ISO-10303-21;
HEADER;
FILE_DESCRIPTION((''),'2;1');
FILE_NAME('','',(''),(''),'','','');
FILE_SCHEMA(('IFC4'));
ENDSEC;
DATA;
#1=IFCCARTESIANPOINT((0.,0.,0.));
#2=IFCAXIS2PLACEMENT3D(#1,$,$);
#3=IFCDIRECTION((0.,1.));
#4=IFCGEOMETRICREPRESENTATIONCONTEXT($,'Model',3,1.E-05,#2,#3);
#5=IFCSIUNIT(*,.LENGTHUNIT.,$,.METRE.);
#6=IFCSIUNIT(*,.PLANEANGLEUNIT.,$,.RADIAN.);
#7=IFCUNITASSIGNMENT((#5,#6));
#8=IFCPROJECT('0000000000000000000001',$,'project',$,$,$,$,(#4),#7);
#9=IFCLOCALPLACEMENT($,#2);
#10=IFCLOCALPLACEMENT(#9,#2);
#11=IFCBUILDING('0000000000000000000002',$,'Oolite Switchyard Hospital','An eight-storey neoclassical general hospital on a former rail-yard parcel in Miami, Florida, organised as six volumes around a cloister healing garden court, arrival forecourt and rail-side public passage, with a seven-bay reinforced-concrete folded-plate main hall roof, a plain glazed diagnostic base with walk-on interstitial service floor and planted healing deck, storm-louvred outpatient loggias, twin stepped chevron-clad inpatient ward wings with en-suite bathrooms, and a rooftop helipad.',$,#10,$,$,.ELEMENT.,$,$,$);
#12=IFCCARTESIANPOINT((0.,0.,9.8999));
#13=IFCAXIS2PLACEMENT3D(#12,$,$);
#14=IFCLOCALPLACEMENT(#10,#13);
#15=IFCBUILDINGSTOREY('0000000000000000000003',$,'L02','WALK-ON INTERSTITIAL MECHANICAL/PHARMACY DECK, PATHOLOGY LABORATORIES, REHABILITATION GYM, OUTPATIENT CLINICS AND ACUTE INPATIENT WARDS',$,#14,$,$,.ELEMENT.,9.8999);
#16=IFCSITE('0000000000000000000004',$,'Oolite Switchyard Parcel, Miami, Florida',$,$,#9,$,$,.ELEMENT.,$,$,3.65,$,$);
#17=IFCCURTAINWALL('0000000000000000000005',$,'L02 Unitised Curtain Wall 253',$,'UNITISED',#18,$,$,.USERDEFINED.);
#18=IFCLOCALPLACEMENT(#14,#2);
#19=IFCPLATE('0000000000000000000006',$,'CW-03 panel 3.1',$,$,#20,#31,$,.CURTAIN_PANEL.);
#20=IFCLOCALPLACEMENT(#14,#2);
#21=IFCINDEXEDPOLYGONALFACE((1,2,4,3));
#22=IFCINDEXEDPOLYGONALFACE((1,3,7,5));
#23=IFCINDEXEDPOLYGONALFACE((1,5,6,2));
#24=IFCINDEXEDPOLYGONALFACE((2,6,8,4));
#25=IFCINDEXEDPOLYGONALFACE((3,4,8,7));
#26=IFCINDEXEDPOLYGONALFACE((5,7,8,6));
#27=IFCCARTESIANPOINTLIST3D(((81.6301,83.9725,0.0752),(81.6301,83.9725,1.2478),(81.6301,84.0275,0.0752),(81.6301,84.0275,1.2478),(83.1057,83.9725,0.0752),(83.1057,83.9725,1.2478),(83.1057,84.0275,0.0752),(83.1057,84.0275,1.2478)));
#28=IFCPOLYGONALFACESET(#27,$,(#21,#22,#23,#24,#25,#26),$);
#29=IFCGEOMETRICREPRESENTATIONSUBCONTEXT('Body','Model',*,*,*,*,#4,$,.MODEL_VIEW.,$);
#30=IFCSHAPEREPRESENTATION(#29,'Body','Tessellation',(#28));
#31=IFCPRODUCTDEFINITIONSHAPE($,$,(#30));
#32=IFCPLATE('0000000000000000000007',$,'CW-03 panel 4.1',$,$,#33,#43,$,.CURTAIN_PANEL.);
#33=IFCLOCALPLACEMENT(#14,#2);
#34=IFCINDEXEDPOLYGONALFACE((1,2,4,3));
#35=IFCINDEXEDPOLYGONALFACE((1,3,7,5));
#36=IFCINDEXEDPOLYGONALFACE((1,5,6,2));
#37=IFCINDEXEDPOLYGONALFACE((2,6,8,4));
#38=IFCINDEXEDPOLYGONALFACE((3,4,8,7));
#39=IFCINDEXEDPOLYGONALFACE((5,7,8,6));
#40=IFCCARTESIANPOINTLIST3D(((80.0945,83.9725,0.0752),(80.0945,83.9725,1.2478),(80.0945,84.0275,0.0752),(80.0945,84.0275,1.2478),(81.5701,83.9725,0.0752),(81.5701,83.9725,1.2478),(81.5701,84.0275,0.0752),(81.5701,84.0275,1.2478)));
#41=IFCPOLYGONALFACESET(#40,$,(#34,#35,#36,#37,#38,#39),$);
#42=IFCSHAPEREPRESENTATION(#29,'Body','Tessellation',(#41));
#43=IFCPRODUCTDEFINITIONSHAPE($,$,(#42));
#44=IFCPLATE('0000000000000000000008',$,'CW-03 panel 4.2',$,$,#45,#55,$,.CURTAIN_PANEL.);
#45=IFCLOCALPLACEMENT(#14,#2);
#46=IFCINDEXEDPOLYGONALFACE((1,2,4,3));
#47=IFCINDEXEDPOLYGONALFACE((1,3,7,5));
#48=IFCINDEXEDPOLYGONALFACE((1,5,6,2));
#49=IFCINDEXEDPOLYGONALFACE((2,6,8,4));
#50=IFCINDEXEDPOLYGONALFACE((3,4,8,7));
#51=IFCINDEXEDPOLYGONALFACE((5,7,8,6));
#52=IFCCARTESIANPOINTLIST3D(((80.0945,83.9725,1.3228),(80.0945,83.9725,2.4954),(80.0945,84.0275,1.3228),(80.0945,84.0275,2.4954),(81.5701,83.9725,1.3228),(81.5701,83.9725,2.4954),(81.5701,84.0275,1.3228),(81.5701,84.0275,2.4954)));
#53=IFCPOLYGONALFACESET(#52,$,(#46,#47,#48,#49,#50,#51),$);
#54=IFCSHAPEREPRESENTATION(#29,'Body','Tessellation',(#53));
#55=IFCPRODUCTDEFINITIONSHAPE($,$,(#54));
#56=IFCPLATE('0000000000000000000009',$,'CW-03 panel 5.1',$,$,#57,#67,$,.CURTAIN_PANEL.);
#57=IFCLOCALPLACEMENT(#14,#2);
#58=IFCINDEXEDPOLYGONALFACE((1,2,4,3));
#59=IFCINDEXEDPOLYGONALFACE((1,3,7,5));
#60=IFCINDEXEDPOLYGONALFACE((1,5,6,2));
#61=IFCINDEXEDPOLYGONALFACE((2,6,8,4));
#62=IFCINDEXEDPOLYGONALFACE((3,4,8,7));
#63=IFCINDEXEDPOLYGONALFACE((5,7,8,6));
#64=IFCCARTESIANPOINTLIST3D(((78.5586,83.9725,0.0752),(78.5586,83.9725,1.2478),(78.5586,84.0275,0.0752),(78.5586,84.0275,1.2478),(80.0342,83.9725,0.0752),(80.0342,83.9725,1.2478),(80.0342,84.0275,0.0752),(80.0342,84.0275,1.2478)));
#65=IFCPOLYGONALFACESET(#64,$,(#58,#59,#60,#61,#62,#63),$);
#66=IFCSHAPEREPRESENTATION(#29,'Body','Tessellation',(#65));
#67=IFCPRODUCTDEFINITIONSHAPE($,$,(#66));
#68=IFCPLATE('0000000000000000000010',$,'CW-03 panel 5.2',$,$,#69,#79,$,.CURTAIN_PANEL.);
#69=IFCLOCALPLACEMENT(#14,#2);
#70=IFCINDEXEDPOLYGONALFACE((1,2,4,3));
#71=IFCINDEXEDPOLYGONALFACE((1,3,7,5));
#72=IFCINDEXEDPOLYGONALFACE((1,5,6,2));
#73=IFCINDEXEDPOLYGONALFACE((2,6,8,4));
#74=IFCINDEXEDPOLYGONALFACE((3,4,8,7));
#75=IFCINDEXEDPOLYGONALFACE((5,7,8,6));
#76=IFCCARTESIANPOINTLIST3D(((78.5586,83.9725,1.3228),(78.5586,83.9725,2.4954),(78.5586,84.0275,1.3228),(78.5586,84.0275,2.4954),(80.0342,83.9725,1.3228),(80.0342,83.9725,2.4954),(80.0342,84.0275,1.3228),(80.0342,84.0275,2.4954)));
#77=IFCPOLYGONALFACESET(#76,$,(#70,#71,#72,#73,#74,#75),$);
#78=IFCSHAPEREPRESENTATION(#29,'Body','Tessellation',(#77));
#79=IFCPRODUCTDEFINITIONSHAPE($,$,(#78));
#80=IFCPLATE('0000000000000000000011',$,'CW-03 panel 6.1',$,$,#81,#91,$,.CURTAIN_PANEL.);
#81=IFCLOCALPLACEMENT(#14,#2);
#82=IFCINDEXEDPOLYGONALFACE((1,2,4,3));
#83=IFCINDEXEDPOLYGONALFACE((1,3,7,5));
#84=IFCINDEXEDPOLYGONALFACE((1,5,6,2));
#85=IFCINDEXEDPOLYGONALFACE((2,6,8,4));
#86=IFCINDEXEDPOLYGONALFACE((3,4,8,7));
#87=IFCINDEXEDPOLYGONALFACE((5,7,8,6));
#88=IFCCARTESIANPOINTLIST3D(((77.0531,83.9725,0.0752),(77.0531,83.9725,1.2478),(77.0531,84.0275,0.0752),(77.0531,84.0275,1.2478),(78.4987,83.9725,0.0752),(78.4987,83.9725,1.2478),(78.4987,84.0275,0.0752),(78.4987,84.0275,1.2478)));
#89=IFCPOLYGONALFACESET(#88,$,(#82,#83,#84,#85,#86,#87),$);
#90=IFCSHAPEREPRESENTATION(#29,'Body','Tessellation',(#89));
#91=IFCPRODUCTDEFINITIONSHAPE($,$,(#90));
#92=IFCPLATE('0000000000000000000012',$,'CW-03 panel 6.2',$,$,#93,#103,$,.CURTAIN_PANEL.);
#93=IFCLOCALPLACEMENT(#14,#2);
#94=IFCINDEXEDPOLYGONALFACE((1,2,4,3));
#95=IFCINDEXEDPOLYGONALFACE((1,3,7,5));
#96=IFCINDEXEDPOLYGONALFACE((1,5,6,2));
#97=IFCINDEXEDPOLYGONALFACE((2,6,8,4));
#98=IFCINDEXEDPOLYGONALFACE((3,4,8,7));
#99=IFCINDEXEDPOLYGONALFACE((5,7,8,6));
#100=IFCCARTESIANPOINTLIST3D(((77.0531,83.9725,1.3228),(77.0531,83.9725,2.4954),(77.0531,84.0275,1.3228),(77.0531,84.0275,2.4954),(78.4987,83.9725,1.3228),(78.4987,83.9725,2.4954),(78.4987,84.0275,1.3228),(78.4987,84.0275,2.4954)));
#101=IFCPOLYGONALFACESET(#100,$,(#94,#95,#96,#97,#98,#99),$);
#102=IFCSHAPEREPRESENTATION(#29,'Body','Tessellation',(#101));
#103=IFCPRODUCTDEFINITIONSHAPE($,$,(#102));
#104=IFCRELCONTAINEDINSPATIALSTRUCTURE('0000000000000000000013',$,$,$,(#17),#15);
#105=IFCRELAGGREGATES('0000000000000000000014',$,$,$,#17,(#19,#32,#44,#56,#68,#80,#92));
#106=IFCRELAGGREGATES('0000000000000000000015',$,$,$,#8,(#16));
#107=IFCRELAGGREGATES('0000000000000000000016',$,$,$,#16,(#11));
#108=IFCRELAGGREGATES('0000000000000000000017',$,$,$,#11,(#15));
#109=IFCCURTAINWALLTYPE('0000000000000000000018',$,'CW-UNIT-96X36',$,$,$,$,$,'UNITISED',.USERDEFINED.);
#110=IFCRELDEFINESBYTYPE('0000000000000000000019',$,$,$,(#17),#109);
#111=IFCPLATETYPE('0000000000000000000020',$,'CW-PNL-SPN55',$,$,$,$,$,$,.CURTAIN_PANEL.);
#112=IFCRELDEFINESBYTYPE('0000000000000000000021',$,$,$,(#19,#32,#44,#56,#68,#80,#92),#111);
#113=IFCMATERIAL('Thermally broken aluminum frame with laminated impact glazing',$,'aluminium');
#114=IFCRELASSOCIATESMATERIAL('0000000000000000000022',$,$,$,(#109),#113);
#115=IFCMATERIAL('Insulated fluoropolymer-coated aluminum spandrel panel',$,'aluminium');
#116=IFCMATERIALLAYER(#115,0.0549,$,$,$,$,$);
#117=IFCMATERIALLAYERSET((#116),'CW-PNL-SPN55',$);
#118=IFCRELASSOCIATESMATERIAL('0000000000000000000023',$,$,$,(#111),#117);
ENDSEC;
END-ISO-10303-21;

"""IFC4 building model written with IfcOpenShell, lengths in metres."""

from ifc_helpers import new_model, si_unit, direction, frame, origin, origin_2d, place, context, subcontext, project, spatial, rectangle, extrude, material, layer, layer_set, type_object, element, aggregate, save


model = new_model("IFC4")

# Units and contexts
model_context = context("Model", 3, precision=1e-05, world=origin(), true_north=direction((0.0, 1.0)))
body_context = subcontext(model_context, "Body", "Model", "MODEL_VIEW")
ifc_project = project(units=[si_unit("LENGTHUNIT", "METRE"), si_unit("PLANEANGLEUNIT", "RADIAN")], contexts=[model_context])

# Site, building, storey
site_placement = place(None, origin())
site = spatial("IfcSite", under=ifc_project, at=site_placement, Name="Oolite Switchyard Parcel, Miami, Florida", CompositionType="ELEMENT", RefElevation=3.65)
building_placement = place(site_placement, origin())
building = spatial("IfcBuilding", under=site, at=building_placement, Name="Oolite Switchyard Hospital", Description="An eight-storey neoclassical general hospital on a former rail-yard parcel in Miami, Florida, organised as six volumes around a cloister healing garden court, arrival forecourt and rail-side public passage, with a seven-bay reinforced-concrete folded-plate main hall roof, a plain glazed diagnostic base with walk-on interstitial service floor and planted healing deck, storm-louvred outpatient loggias, twin stepped chevron-clad inpatient ward wings with en-suite bathrooms, and a rooftop helipad.", CompositionType="ELEMENT")
storey_placement = place(building_placement, frame((0.0, 0.0, 9.8999)))
storey = spatial("IfcBuildingStorey", under=building, at=storey_placement, Name="L02", Description="WALK-ON INTERSTITIAL MECHANICAL/PHARMACY DECK, PATHOLOGY LABORATORIES, REHABILITATION GYM, OUTPATIENT CLINICS AND ACUTE INPATIENT WARDS", CompositionType="ELEMENT", Elevation=9.8999)

# Curtain wall, plates
ifc_material_1 = material(Name="Thermally broken aluminum frame with laminated impact glazing", Category="aluminium")
curtain_wall_type = type_object("IfcCurtainWallType", Name="CW-UNIT-96X36", ElementType="UNITISED", PredefinedType="USERDEFINED", material=ifc_material_1)
curtain_wall_placement = place(storey_placement, origin())
curtain_wall = element("IfcCurtainWall", 1, at=curtain_wall_placement, inside=storey, type_object=curtain_wall_type, Name="L02 Unitised Curtain Wall 253", ObjectType="UNITISED", PredefinedType="USERDEFINED")
ifc_material_2 = material(Name="Insulated fluoropolymer-coated aluminum spandrel panel", Category="aluminium")
ifc_layer = layer(ifc_material_2, 0.0549)
ifc_layer_set = layer_set([ifc_layer], Name="CW-PNL-SPN55")
plate_type = type_object("IfcPlateType", Name="CW-PNL-SPN55", PredefinedType="CURTAIN_PANEL", material=ifc_layer_set)
plate_1_placement = place(storey_placement, frame((82.3679, 84.0, 0.0752), z_axis=(0.0, 0.0, 1.0), x_axis=(-1.0, 0.0, 0.0)))
plate_1 = element("IfcPlate", 2, at=plate_1_placement, type_object=plate_type, Name="CW-03 panel 3.1", PredefinedType="CURTAIN_PANEL", context=body_context, shape_type="SweptSolid", body=[
    extrude(rectangle(XDim=1.4756, YDim=0.0549, at=origin_2d()), origin(), (0.0, 0.0, 1.0), 1.1726),
])
plate_2_placement = place(storey_placement, frame((80.8323, 84.0, 0.0752), z_axis=(0.0, 0.0, 1.0), x_axis=(-1.0, 0.0, 0.0)))
plate_2 = element("IfcPlate", 3, at=plate_2_placement, type_object=plate_type, Name="CW-03 panel 4.1", PredefinedType="CURTAIN_PANEL", context=body_context, shape_type="SweptSolid", body=[
    extrude(rectangle(XDim=1.4756, YDim=0.0549, at=origin_2d()), origin(), (0.0, 0.0, 1.0), 1.1726),
])
plate_3_placement = place(storey_placement, frame((80.8323, 84.0, 1.3228), z_axis=(0.0, 0.0, 1.0), x_axis=(-1.0, 0.0, 0.0)))
plate_3 = element("IfcPlate", 4, at=plate_3_placement, type_object=plate_type, Name="CW-03 panel 4.2", PredefinedType="CURTAIN_PANEL", context=body_context, shape_type="SweptSolid", body=[
    extrude(rectangle(XDim=1.4756, YDim=0.0549, at=origin_2d()), origin(), (0.0, 0.0, 1.0), 1.1726),
])
plate_4_placement = place(storey_placement, frame((79.2964, 84.0, 0.0752), z_axis=(0.0, 0.0, 1.0), x_axis=(-1.0, 0.0, 0.0)))
plate_4 = element("IfcPlate", 5, at=plate_4_placement, type_object=plate_type, Name="CW-03 panel 5.1", PredefinedType="CURTAIN_PANEL", context=body_context, shape_type="SweptSolid", body=[
    extrude(rectangle(XDim=1.4756, YDim=0.0549, at=origin_2d()), origin(), (0.0, 0.0, 1.0), 1.1726),
])
plate_5_placement = place(storey_placement, frame((79.2964, 84.0, 1.3228), z_axis=(0.0, 0.0, 1.0), x_axis=(-1.0, 0.0, 0.0)))
plate_5 = element("IfcPlate", 6, at=plate_5_placement, type_object=plate_type, Name="CW-03 panel 5.2", PredefinedType="CURTAIN_PANEL", context=body_context, shape_type="SweptSolid", body=[
    extrude(rectangle(XDim=1.4756, YDim=0.0549, at=origin_2d()), origin(), (0.0, 0.0, 1.0), 1.1726),
])
plate_6_placement = place(storey_placement, frame((77.7759, 84.0, 0.0752), z_axis=(0.0, 0.0, 1.0), x_axis=(-1.0, 0.0, 0.0)))
plate_6 = element("IfcPlate", 7, at=plate_6_placement, type_object=plate_type, Name="CW-03 panel 6.1", PredefinedType="CURTAIN_PANEL", context=body_context, shape_type="SweptSolid", body=[
    extrude(rectangle(XDim=1.4456, YDim=0.0549, at=origin_2d()), origin(), (0.0, 0.0, 1.0), 1.1726),
])
plate_7_placement = place(storey_placement, frame((77.7759, 84.0, 1.3228), z_axis=(0.0, 0.0, 1.0), x_axis=(-1.0, 0.0, 0.0)))
plate_7 = element("IfcPlate", 8, at=plate_7_placement, type_object=plate_type, Name="CW-03 panel 6.2", PredefinedType="CURTAIN_PANEL", context=body_context, shape_type="SweptSolid", body=[
    extrude(rectangle(XDim=1.4456, YDim=0.0549, at=origin_2d()), origin(), (0.0, 0.0, 1.0), 1.1726),
])
aggregate(curtain_wall, [plate_1, plate_2, plate_3, plate_4, plate_5, plate_6, plate_7])

save(model, "model.ifc")
